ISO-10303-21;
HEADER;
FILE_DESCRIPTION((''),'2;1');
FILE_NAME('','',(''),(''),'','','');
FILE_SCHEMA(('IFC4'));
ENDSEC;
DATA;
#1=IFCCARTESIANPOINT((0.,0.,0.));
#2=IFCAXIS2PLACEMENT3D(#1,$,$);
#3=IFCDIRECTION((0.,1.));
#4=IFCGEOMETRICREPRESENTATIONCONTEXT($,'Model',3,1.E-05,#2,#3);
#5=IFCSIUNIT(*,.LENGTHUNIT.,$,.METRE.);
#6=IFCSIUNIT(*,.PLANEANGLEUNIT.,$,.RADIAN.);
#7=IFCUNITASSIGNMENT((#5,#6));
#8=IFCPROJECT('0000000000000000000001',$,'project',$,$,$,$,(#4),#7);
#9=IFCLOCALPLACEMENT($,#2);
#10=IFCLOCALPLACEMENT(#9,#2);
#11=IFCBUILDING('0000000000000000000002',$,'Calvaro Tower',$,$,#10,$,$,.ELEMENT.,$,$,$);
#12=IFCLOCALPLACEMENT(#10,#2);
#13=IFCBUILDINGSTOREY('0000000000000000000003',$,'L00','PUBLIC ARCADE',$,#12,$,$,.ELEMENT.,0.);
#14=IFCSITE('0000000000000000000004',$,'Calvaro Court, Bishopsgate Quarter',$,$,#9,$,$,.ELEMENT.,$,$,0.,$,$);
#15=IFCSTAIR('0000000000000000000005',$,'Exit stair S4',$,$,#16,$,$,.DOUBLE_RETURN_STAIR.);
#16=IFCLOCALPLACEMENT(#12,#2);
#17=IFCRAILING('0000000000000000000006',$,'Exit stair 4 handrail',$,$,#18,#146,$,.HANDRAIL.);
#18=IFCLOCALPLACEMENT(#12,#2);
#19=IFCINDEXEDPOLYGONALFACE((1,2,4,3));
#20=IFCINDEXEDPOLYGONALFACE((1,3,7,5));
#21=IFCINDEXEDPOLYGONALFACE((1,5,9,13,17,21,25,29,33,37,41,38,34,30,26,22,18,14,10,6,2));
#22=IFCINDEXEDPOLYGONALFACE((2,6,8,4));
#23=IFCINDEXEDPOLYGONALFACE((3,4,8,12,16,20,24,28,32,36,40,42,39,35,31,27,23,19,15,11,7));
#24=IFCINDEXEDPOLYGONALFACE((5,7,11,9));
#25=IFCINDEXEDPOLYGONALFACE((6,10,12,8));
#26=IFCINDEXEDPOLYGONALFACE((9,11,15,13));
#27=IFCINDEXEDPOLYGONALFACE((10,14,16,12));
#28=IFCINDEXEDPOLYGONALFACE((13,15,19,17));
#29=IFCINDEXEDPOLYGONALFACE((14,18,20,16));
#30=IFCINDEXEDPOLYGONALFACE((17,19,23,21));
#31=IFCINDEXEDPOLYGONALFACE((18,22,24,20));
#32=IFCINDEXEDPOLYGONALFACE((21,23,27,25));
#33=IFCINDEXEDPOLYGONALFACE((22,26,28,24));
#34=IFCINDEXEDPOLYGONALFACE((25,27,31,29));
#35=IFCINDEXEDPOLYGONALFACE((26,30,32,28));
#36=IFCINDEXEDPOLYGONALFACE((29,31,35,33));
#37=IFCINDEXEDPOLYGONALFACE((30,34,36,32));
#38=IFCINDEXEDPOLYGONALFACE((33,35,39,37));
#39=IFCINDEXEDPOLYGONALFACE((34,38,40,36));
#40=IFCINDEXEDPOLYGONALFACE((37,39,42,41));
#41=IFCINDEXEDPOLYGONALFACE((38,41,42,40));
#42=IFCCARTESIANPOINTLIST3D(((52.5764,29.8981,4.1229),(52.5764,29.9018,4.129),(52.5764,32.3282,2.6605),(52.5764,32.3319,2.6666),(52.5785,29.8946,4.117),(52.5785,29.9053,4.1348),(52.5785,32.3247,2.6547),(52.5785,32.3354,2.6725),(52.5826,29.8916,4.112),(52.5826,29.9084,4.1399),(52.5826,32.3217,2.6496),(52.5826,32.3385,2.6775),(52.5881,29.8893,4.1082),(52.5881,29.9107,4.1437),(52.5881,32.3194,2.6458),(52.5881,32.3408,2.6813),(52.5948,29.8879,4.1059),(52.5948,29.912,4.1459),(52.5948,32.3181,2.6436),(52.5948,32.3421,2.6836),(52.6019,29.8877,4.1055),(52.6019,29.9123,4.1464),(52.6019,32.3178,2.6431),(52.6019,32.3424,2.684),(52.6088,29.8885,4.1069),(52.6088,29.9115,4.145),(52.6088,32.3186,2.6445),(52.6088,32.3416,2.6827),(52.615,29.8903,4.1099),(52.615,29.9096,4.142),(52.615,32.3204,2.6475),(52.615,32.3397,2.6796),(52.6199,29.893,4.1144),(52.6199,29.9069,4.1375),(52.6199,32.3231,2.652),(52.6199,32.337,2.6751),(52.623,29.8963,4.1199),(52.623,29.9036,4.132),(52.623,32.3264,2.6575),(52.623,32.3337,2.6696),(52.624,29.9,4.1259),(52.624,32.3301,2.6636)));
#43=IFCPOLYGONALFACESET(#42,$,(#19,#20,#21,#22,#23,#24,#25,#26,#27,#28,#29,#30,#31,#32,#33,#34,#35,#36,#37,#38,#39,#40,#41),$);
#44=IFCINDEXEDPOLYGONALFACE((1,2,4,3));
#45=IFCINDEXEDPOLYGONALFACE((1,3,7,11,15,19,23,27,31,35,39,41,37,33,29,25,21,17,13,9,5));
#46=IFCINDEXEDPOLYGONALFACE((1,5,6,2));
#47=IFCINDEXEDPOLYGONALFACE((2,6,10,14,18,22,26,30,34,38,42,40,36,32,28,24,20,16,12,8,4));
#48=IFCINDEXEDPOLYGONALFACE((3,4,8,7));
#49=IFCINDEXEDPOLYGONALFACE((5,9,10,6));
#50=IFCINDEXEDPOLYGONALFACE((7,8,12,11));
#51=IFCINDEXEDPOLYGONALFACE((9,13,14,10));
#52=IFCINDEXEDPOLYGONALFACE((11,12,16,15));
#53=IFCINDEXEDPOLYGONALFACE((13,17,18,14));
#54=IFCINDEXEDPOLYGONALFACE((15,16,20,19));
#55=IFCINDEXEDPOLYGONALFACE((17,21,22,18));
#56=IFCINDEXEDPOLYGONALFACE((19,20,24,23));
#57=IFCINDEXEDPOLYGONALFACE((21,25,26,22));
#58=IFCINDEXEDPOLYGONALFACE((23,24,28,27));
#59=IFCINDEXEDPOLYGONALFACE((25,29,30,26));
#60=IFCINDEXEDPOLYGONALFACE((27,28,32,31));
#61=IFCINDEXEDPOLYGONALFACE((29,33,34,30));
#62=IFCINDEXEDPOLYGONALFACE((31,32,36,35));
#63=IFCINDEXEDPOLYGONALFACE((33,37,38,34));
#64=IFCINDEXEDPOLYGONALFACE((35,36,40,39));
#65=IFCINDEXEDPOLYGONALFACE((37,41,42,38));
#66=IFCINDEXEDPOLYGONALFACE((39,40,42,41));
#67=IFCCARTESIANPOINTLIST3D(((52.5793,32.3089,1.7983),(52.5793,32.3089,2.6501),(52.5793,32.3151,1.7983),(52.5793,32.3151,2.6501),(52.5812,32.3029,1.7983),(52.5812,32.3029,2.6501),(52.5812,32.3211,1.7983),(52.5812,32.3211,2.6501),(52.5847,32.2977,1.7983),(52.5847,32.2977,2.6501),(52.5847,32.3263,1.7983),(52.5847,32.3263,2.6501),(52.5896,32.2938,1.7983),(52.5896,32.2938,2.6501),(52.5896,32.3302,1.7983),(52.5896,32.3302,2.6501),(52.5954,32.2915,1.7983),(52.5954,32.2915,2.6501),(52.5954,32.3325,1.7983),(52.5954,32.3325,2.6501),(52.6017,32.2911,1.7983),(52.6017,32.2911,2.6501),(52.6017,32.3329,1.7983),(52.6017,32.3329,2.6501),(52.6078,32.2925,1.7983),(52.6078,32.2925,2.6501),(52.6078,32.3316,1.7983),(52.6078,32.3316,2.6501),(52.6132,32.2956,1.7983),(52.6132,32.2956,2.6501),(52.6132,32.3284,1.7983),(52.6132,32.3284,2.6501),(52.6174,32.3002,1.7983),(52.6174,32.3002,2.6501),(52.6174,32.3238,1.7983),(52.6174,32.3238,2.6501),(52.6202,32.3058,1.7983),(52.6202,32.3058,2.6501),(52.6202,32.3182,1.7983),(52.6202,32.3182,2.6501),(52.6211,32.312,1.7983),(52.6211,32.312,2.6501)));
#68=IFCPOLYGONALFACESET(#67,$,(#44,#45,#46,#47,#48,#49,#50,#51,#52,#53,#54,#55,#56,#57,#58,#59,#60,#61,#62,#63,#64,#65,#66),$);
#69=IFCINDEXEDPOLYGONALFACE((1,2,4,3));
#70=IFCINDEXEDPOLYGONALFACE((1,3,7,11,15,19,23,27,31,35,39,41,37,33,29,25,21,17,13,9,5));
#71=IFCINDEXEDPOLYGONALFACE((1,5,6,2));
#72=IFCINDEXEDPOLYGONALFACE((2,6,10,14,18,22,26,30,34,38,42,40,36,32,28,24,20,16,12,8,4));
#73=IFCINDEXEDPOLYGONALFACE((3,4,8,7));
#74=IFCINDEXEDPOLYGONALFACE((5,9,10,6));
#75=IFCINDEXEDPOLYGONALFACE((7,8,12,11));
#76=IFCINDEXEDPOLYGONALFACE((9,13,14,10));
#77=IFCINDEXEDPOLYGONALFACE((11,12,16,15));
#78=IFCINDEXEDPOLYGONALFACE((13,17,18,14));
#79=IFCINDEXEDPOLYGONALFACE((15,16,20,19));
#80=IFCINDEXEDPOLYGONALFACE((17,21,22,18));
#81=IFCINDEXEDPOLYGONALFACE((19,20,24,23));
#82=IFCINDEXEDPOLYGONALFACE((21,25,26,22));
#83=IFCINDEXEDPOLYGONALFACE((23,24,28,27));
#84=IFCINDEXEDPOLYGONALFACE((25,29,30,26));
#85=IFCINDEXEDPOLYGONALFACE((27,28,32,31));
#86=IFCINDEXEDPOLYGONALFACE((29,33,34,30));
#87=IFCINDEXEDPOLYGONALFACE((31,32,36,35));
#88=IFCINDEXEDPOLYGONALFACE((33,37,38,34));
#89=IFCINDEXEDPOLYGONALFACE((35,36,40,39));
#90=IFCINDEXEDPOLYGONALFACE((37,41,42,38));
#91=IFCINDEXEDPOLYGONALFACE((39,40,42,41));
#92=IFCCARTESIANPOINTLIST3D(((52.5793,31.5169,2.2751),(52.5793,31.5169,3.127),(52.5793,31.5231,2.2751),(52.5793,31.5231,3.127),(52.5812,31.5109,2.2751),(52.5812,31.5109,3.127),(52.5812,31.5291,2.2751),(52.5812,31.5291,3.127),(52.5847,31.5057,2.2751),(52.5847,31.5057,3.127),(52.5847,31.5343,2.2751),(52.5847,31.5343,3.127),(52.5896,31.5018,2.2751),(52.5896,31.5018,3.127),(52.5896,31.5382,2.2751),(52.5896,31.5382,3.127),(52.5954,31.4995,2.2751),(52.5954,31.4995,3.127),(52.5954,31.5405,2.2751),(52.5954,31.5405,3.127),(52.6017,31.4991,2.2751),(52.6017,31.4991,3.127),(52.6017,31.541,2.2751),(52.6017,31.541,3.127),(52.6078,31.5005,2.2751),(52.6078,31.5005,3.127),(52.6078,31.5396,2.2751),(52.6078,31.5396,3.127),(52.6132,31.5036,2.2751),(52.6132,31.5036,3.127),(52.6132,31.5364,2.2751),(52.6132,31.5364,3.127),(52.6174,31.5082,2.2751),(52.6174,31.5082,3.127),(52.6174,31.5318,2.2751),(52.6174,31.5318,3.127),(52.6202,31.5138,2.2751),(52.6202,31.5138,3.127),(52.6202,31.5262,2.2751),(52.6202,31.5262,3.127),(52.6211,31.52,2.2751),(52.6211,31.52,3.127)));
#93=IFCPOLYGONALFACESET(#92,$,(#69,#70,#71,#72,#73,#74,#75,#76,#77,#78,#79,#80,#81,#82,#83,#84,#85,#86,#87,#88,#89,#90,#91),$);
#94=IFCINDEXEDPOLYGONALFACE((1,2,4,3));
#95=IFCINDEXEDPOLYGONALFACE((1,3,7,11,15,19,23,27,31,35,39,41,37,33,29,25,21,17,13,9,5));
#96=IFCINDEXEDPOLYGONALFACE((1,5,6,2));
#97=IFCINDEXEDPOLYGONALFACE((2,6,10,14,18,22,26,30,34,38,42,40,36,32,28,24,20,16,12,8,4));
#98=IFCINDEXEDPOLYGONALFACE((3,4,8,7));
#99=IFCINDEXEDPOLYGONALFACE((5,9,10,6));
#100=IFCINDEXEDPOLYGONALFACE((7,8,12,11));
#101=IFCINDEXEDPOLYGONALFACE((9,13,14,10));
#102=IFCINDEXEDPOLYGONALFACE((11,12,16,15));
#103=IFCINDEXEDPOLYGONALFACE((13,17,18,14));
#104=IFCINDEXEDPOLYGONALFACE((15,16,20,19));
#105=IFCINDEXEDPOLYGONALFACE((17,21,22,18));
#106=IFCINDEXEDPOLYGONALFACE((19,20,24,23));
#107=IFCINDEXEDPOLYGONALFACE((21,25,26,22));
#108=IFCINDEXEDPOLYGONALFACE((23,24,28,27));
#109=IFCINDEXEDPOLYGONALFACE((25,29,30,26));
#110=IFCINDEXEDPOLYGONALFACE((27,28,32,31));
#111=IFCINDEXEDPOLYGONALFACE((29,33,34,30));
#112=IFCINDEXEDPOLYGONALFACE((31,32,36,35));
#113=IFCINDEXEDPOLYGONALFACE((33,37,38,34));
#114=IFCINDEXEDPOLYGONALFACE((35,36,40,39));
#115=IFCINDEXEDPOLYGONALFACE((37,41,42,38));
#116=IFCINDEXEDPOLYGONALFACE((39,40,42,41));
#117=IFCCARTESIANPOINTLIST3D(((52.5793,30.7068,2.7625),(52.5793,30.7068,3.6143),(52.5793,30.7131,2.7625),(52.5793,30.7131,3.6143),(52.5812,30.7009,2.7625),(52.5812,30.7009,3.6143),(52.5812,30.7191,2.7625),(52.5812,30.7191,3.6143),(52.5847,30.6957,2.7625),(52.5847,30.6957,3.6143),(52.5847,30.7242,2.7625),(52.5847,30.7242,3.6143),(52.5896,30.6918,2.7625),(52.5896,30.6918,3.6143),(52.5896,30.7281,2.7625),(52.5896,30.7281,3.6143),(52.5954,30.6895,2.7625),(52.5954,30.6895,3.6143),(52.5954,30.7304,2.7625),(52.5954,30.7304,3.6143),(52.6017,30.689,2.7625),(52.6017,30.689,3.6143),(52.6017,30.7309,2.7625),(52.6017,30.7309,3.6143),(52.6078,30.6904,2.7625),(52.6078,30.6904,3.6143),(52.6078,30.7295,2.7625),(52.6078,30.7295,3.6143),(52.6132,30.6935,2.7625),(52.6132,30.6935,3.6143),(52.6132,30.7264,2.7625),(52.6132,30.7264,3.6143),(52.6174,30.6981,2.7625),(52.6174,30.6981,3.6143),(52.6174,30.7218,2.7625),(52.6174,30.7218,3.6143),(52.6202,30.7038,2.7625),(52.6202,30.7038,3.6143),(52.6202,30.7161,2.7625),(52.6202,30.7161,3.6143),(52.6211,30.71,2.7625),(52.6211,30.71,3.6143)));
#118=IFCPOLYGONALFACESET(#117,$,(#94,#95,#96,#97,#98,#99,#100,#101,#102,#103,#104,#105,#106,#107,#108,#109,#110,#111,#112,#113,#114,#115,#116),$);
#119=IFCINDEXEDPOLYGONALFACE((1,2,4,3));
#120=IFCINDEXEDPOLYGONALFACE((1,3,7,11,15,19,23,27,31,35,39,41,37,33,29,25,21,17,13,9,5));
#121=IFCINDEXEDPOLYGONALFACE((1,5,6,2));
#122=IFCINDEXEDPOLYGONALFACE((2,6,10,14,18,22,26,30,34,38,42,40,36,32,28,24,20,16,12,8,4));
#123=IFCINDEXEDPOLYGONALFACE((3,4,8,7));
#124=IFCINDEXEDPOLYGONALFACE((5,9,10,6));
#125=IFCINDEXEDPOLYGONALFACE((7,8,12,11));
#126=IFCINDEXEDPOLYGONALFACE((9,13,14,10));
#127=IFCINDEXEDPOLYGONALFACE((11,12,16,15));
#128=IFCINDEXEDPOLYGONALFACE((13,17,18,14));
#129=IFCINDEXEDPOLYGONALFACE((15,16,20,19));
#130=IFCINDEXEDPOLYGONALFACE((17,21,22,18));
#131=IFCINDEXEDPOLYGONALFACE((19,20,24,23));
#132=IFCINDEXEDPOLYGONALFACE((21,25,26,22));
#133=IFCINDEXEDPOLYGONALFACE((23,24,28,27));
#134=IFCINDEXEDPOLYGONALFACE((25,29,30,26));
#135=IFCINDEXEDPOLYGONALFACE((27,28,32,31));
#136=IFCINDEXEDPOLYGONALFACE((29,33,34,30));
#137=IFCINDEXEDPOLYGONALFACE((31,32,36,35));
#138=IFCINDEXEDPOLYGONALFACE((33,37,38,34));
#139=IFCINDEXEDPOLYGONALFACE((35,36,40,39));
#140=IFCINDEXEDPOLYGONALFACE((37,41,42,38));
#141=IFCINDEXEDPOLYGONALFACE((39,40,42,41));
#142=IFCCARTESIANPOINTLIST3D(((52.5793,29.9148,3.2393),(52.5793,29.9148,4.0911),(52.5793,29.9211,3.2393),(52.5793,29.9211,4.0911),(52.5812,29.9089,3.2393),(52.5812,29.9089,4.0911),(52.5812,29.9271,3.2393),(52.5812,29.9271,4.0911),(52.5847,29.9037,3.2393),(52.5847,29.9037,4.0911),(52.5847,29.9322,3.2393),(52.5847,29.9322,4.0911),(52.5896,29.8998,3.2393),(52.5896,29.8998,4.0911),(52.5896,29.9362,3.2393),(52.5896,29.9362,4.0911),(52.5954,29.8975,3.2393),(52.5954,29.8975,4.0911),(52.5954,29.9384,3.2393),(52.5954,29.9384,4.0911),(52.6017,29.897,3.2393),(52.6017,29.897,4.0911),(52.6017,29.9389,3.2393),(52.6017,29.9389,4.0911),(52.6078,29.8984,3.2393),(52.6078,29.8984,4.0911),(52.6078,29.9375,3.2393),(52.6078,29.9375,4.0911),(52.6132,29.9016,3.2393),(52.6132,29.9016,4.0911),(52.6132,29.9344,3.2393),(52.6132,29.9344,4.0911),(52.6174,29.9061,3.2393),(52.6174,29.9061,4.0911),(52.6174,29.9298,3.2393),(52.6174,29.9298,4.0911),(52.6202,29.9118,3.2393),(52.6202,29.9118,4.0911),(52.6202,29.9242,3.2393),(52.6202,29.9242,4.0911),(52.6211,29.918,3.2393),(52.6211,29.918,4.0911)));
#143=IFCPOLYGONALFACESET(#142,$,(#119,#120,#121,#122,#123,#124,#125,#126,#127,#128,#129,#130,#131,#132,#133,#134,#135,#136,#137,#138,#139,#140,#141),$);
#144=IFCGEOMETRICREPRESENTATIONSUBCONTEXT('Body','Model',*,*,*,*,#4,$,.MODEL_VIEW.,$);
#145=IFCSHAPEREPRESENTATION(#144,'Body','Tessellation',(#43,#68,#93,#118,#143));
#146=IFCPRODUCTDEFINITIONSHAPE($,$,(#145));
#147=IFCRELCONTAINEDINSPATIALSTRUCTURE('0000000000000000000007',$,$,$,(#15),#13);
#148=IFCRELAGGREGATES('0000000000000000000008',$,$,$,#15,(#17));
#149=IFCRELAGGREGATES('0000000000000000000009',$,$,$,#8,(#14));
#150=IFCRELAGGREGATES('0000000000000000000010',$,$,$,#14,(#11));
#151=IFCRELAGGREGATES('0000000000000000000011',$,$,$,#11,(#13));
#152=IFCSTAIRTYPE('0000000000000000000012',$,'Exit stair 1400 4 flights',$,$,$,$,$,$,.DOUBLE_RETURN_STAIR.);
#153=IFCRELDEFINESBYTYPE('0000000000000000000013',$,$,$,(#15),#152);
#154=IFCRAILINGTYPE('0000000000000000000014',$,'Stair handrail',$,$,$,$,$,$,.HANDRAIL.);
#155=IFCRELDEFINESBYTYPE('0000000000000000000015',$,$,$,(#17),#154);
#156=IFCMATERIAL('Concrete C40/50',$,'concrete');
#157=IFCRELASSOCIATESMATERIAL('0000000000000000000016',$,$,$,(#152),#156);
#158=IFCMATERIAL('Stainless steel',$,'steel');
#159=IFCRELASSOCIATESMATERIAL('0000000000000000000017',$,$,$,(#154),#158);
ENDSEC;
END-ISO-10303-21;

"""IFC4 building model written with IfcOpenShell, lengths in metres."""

from ifc_helpers import new_model, si_unit, direction, frame, origin, origin_2d, place, context, subcontext, project, spatial, circle, extrude, material, type_object, element, aggregate, save


model = new_model("IFC4")

# Units and contexts
model_context = context("Model", 3, precision=1e-05, world=origin(), true_north=direction((0.0, 1.0)))
body_context = subcontext(model_context, "Body", "Model", "MODEL_VIEW")
ifc_project = project(units=[si_unit("LENGTHUNIT", "METRE"), si_unit("PLANEANGLEUNIT", "RADIAN")], contexts=[model_context])

# Site, building, storey
site_placement = place(None, origin())
site = spatial("IfcSite", under=ifc_project, at=site_placement, Name="Calvaro Court, Bishopsgate Quarter", CompositionType="ELEMENT", RefElevation=0.0)
building_placement = place(site_placement, origin())
building = spatial("IfcBuilding", under=site, at=building_placement, Name="Calvaro Tower", CompositionType="ELEMENT")
storey_placement = place(building_placement, origin())
storey = spatial("IfcBuildingStorey", under=building, at=storey_placement, Name="L00", Description="PUBLIC ARCADE", CompositionType="ELEMENT", Elevation=0.0)

# Stair
ifc_material_1 = material(Name="Concrete C40/50", Category="concrete")
stair_type = type_object("IfcStairType", Name="Exit stair 1400 4 flights", PredefinedType="DOUBLE_RETURN_STAIR", material=ifc_material_1)
stair_1_placement = place(storey_placement, origin())
stair_1 = element("IfcStair", 1, at=stair_1_placement, inside=storey, type_object=stair_type, Name="Exit stair S4", PredefinedType="DOUBLE_RETURN_STAIR")

# Railing
ifc_material_2 = material(Name="Stainless steel", Category="steel")
railing_type = type_object("IfcRailingType", Name="Stair handrail", PredefinedType="HANDRAIL", material=ifc_material_2)
railing_1_placement = place(storey_placement, frame((52.6001, 32.3301, 1.7876)))
railing_1 = element("IfcRailing", 2, at=railing_1_placement, type_object=railing_type, Name="Exit stair 4 handrail", PredefinedType="HANDRAIL", context=body_context, shape_type="SweptSolid", body=[
    extrude(circle(Radius=0.0239, at=origin_2d()), frame((0.0, 0.0, 0.876), z_axis=(0.0, -0.856824, 0.515609), x_axis=(1.0, 0.0, 0.0)), (0.0, 0.0, 1.0), 2.8362),
    extrude(circle(Radius=0.021, at=origin_2d()), frame((0.0, -0.0181, 0.0107)), (0.0, 0.0, 1.0), 0.8518),
    extrude(circle(Radius=0.021, at=origin_2d()), frame((0.0, -0.8101, 0.4875)), (0.0, 0.0, 1.0), 0.8518),
    extrude(circle(Radius=0.021, at=origin_2d()), frame((0.0, -1.6201, 0.9749)), (0.0, 0.0, 1.0), 0.8518),
    extrude(circle(Radius=0.021, at=origin_2d()), frame((0.0, -2.4121, 1.4517)), (0.0, 0.0, 1.0), 0.8518),
])
aggregate(stair_1, [railing_1])

save(model, "model.ifc")
